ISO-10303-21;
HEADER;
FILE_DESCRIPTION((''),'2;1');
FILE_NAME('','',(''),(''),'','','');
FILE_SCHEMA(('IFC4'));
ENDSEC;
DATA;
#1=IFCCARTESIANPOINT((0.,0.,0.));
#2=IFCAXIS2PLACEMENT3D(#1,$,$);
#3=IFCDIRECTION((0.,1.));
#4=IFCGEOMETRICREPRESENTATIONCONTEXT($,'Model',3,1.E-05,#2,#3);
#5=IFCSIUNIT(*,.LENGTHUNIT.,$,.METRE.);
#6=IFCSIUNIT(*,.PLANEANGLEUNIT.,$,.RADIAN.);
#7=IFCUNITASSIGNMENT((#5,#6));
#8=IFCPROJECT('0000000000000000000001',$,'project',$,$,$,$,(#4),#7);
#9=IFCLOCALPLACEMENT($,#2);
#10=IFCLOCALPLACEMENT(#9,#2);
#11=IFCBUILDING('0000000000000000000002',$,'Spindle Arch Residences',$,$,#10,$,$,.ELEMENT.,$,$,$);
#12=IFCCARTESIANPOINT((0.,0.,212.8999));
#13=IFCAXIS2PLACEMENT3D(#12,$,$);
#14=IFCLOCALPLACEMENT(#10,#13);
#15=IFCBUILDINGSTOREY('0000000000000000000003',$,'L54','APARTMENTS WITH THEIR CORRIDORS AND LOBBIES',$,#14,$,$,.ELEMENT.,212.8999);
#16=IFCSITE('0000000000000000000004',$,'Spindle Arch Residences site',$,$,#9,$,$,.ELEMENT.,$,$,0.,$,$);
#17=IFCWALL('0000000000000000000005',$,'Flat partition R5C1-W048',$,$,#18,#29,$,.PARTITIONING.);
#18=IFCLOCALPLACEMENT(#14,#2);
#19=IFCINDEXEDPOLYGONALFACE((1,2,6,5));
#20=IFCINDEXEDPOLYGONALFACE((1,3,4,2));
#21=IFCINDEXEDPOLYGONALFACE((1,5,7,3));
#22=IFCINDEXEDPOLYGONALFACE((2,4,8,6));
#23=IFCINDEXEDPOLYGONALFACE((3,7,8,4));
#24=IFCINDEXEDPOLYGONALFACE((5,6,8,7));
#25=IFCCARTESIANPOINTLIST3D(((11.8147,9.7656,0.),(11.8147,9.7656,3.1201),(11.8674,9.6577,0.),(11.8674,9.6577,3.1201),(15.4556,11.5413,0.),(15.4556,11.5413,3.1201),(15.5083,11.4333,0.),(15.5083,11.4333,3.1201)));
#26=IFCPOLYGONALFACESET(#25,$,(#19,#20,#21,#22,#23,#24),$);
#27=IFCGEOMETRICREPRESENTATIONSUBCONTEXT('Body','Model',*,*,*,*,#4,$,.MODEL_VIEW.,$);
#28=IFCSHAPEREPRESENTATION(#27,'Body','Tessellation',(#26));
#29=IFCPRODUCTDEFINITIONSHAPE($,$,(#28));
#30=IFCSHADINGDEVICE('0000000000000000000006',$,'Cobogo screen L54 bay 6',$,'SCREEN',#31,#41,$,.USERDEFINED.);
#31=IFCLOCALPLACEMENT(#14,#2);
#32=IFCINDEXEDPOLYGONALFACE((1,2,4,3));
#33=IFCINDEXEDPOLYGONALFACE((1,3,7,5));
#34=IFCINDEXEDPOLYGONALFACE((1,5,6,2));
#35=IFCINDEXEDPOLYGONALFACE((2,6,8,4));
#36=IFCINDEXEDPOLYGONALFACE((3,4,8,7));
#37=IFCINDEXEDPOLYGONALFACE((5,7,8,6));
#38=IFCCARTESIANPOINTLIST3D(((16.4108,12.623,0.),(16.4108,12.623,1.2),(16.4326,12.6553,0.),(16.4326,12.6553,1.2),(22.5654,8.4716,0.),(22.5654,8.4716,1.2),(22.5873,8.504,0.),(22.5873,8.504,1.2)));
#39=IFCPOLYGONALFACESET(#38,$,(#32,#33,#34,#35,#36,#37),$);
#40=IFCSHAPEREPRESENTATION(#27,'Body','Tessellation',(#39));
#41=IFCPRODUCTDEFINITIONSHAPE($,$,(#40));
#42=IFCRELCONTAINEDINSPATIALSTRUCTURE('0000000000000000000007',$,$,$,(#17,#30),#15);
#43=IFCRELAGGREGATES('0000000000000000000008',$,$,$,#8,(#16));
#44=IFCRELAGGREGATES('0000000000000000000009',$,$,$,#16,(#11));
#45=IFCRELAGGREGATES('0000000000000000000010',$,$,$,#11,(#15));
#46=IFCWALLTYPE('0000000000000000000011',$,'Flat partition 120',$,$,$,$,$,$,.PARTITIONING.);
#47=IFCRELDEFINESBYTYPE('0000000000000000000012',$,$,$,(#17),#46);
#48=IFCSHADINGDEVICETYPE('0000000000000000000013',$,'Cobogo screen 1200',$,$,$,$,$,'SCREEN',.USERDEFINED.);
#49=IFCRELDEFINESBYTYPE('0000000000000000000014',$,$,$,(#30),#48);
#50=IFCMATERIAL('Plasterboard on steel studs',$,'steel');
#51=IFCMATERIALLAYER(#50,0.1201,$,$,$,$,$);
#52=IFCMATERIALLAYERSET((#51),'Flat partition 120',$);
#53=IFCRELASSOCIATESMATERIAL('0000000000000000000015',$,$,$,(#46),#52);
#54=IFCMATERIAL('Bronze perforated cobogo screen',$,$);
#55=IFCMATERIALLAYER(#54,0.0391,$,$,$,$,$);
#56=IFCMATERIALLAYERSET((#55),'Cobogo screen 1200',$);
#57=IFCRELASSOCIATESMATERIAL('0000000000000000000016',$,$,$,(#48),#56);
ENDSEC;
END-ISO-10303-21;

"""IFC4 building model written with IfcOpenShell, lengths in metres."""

from ifc_helpers import new_model, si_unit, direction, frame, frame_2d, origin, origin_2d, place, context, subcontext, project, spatial, rectangle, extrude, material, layer, layer_set, type_object, element, save


model = new_model("IFC4")

# Units and contexts
model_context = context("Model", 3, precision=1e-05, world=origin(), true_north=direction((0.0, 1.0)))
body_context = subcontext(model_context, "Body", "Model", "MODEL_VIEW")
ifc_project = project(units=[si_unit("LENGTHUNIT", "METRE"), si_unit("PLANEANGLEUNIT", "RADIAN")], contexts=[model_context])

# Site, building, storey
site_placement = place(None, origin())
site = spatial("IfcSite", under=ifc_project, at=site_placement, Name="Spindle Arch Residences site", CompositionType="ELEMENT", RefElevation=0.0)
building_placement = place(site_placement, origin())
building = spatial("IfcBuilding", under=site, at=building_placement, Name="Spindle Arch Residences", CompositionType="ELEMENT")
storey_placement = place(building_placement, frame((0.0, 0.0, 212.8999)))
storey = spatial("IfcBuildingStorey", under=building, at=storey_placement, Name="L54", Description="APARTMENTS WITH THEIR CORRIDORS AND LOBBIES", CompositionType="ELEMENT", Elevation=212.8999)

# Shared definitions
ifc_material_1 = material(Name="Plasterboard on steel studs", Category="steel")
ifc_layer_1 = layer(ifc_material_1, 0.1201)
ifc_layer_set_1 = layer_set([ifc_layer_1], Name="Flat partition 120")
wall_type_1 = type_object("IfcWallType", Name="Flat partition 120", PredefinedType="PARTITIONING", material=ifc_layer_set_1)

# Wall
wall_1_placement = place(storey_placement, frame((15.4819, 11.4873, 0.0), z_axis=(0.0, 0.0, 1.0), x_axis=(-0.898807, -0.438344, 0.0)))
element("IfcWall", 1, at=wall_1_placement, inside=storey, type_object=wall_type_1, Name="Flat partition R5C1-W048", PredefinedType="PARTITIONING", context=body_context, shape_type="SweptSolid", body=[
    extrude(rectangle(XDim=4.0508, YDim=0.1201, at=frame_2d((2.0254, 0.0))), origin(), (0.0, 0.0, 1.0), 3.1201),
])

# Shading device
ifc_material_2 = material(Name="Bronze perforated cobogo screen")
ifc_layer_2 = layer(ifc_material_2, 0.0391)
ifc_layer_set_2 = layer_set([ifc_layer_2], Name="Cobogo screen 1200")
shading_device_type = type_object("IfcShadingDeviceType", Name="Cobogo screen 1200", ElementType="SCREEN", PredefinedType="USERDEFINED", material=ifc_layer_set_2)
shading_device_placement = place(storey_placement, frame((19.499, 10.5635, 0.0), z_axis=(0.0, 0.0, 1.0), x_axis=(-0.829038, 0.559193, 0.0)))
element("IfcShadingDevice", 2, at=shading_device_placement, inside=storey, type_object=shading_device_type, Name="Cobogo screen L54 bay 6", ObjectType="SCREEN", PredefinedType="USERDEFINED", context=body_context, shape_type="SweptSolid", body=[
    extrude(rectangle(XDim=7.4238, YDim=0.0391, at=origin_2d()), origin(), (0.0, 0.0, 1.0), 1.2),
])

save(model, "model.ifc")
